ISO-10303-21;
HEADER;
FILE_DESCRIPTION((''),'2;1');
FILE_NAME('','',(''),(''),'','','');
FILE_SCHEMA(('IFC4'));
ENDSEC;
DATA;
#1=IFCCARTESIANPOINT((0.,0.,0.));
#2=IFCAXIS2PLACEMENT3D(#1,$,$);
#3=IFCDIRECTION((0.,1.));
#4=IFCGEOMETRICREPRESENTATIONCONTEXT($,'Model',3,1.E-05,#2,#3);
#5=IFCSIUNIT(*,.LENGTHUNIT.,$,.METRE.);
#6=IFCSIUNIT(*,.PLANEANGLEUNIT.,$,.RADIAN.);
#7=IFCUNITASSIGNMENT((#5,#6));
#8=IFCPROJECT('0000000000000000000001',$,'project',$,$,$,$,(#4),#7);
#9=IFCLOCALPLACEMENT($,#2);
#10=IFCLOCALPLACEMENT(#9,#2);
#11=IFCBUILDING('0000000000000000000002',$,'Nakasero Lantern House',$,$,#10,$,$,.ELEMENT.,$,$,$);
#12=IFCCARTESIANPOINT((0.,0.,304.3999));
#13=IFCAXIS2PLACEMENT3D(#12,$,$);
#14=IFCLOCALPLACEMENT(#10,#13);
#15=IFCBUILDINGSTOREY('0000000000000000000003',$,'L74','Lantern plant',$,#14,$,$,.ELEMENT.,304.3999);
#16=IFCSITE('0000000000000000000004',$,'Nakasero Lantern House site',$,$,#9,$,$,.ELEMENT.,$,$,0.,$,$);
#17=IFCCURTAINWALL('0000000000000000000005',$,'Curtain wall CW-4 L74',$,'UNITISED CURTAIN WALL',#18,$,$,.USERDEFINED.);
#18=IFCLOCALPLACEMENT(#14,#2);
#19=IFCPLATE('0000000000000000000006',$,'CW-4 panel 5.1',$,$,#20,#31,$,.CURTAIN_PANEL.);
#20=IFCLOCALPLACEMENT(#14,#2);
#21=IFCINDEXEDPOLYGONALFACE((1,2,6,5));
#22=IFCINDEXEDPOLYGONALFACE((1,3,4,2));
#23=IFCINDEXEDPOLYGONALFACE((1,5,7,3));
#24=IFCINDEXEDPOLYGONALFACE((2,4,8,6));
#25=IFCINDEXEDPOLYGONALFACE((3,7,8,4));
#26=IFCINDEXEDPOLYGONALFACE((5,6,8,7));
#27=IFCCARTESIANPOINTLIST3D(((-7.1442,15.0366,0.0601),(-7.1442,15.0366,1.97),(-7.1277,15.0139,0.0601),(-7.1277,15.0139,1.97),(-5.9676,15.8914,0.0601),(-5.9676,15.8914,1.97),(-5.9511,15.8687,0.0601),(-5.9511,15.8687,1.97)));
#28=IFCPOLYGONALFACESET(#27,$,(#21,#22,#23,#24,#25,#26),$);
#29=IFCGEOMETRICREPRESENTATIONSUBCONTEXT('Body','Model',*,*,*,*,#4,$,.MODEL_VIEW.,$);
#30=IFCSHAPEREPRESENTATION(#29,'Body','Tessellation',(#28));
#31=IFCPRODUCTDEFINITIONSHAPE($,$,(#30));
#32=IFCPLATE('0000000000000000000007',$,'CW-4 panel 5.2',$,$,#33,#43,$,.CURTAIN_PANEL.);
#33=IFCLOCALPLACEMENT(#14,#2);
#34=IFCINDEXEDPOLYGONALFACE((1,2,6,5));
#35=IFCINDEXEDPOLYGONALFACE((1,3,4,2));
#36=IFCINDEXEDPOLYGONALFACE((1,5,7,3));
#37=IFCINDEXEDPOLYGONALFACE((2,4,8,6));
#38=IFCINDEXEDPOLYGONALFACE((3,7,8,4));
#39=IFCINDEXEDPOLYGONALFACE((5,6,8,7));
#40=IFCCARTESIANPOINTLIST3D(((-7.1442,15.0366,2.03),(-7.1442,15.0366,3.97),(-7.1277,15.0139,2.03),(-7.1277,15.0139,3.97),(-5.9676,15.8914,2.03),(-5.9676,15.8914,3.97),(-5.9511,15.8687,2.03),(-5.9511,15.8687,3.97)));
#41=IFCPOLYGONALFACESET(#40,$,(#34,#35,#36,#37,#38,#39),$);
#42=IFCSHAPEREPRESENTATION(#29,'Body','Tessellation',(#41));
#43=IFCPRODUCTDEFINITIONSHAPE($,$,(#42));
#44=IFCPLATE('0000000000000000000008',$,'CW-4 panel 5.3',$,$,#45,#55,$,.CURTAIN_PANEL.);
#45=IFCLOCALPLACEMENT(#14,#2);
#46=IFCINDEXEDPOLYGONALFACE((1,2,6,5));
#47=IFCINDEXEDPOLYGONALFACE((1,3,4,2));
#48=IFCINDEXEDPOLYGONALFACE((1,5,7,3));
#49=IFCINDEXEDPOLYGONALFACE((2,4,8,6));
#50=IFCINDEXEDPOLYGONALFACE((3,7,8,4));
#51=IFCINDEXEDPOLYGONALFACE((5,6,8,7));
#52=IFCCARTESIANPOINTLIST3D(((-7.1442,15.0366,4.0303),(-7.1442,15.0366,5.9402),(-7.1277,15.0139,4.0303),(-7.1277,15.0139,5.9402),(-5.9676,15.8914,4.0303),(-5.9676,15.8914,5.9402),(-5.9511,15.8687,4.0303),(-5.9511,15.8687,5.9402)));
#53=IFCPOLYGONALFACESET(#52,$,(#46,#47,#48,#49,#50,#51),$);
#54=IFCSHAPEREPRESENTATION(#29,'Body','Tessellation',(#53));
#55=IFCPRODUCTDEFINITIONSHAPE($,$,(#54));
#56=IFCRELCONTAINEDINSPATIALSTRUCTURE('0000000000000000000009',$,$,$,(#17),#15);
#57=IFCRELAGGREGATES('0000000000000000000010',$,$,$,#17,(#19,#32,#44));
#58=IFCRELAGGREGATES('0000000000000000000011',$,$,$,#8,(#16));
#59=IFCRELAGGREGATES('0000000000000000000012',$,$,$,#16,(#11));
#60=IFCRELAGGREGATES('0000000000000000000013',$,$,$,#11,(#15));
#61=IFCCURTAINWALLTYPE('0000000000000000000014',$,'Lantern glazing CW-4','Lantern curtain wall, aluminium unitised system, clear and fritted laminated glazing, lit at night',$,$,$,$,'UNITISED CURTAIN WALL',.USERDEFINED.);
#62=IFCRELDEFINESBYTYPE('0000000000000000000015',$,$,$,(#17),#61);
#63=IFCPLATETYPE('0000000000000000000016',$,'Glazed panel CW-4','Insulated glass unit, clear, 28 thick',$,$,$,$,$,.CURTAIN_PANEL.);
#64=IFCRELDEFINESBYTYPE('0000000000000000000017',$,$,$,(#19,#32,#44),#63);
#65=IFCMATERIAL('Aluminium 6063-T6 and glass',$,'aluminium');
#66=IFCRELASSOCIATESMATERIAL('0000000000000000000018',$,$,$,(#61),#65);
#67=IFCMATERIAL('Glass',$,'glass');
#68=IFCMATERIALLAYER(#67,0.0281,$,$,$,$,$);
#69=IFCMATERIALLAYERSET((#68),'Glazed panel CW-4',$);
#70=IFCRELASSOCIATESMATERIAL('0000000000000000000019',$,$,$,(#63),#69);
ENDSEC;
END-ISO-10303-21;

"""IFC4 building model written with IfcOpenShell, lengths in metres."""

from ifc_helpers import new_model, si_unit, direction, frame, origin, origin_2d, place, context, subcontext, project, spatial, rectangle, extrude, material, layer, layer_set, type_object, element, aggregate, save


model = new_model("IFC4")

# Units and contexts
model_context = context("Model", 3, precision=1e-05, world=origin(), true_north=direction((0.0, 1.0)))
body_context = subcontext(model_context, "Body", "Model", "MODEL_VIEW")
ifc_project = project(units=[si_unit("LENGTHUNIT", "METRE"), si_unit("PLANEANGLEUNIT", "RADIAN")], contexts=[model_context])

# Site, building, storey
site_placement = place(None, origin())
site = spatial("IfcSite", under=ifc_project, at=site_placement, Name="Nakasero Lantern House site", CompositionType="ELEMENT", RefElevation=0.0)
building_placement = place(site_placement, origin())
building = spatial("IfcBuilding", under=site, at=building_placement, Name="Nakasero Lantern House", CompositionType="ELEMENT")
storey_placement = place(building_placement, frame((0.0, 0.0, 304.3999)))
storey = spatial("IfcBuildingStorey", under=building, at=storey_placement, Name="L74", Description="Lantern plant", CompositionType="ELEMENT", Elevation=304.3999)

# Curtain wall
ifc_material_1 = material(Name="Aluminium 6063-T6 and glass", Category="aluminium")
curtain_wall_type = type_object("IfcCurtainWallType", Name="Lantern glazing CW-4", Description="Lantern curtain wall, aluminium unitised system, clear and fritted laminated glazing, lit at night", ElementType="UNITISED CURTAIN WALL", PredefinedType="USERDEFINED", material=ifc_material_1)
curtain_wall_placement = place(storey_placement, origin())
curtain_wall = element("IfcCurtainWall", 1, at=curtain_wall_placement, inside=storey, type_object=curtain_wall_type, Name="Curtain wall CW-4 L74", ObjectType="UNITISED CURTAIN WALL", PredefinedType="USERDEFINED")

# Plates
ifc_material_2 = material(Name="Glass", Category="glass")
ifc_layer = layer(ifc_material_2, 0.0281)
ifc_layer_set = layer_set([ifc_layer], Name="Glazed panel CW-4")
plate_type = type_object("IfcPlateType", Name="Glazed panel CW-4", Description="Insulated glass unit, clear, 28 thick", PredefinedType="CURTAIN_PANEL", material=ifc_layer_set)
plate_1_placement = place(storey_placement, frame((-6.5476, 15.4526, 0.0601), z_axis=(0.0, 0.0, 1.0), x_axis=(-0.809017, -0.587785, 0.0)))
plate_1 = element("IfcPlate", 2, at=plate_1_placement, type_object=plate_type, Name="CW-4 panel 5.1", PredefinedType="CURTAIN_PANEL", context=body_context, shape_type="SweptSolid", body=[
    extrude(rectangle(XDim=1.4543, YDim=0.0281, at=origin_2d()), origin(), (0.0, 0.0, 1.0), 1.9099),
])
plate_2_placement = place(storey_placement, frame((-6.5476, 15.4526, 2.03), z_axis=(0.0, 0.0, 1.0), x_axis=(-0.809017, -0.587785, 0.0)))
plate_2 = element("IfcPlate", 3, at=plate_2_placement, type_object=plate_type, Name="CW-4 panel 5.2", PredefinedType="CURTAIN_PANEL", context=body_context, shape_type="SweptSolid", body=[
    extrude(rectangle(XDim=1.4543, YDim=0.0281, at=origin_2d()), origin(), (0.0, 0.0, 1.0), 1.9399),
])
plate_3_placement = place(storey_placement, frame((-6.5476, 15.4526, 4.0303), z_axis=(0.0, 0.0, 1.0), x_axis=(-0.809017, -0.587785, 0.0)))
plate_3 = element("IfcPlate", 4, at=plate_3_placement, type_object=plate_type, Name="CW-4 panel 5.3", PredefinedType="CURTAIN_PANEL", context=body_context, shape_type="SweptSolid", body=[
    extrude(rectangle(XDim=1.4543, YDim=0.0281, at=origin_2d()), origin(), (0.0, 0.0, 1.0), 1.9099),
])
aggregate(curtain_wall, [plate_1, plate_2, plate_3])

save(model, "model.ifc")
